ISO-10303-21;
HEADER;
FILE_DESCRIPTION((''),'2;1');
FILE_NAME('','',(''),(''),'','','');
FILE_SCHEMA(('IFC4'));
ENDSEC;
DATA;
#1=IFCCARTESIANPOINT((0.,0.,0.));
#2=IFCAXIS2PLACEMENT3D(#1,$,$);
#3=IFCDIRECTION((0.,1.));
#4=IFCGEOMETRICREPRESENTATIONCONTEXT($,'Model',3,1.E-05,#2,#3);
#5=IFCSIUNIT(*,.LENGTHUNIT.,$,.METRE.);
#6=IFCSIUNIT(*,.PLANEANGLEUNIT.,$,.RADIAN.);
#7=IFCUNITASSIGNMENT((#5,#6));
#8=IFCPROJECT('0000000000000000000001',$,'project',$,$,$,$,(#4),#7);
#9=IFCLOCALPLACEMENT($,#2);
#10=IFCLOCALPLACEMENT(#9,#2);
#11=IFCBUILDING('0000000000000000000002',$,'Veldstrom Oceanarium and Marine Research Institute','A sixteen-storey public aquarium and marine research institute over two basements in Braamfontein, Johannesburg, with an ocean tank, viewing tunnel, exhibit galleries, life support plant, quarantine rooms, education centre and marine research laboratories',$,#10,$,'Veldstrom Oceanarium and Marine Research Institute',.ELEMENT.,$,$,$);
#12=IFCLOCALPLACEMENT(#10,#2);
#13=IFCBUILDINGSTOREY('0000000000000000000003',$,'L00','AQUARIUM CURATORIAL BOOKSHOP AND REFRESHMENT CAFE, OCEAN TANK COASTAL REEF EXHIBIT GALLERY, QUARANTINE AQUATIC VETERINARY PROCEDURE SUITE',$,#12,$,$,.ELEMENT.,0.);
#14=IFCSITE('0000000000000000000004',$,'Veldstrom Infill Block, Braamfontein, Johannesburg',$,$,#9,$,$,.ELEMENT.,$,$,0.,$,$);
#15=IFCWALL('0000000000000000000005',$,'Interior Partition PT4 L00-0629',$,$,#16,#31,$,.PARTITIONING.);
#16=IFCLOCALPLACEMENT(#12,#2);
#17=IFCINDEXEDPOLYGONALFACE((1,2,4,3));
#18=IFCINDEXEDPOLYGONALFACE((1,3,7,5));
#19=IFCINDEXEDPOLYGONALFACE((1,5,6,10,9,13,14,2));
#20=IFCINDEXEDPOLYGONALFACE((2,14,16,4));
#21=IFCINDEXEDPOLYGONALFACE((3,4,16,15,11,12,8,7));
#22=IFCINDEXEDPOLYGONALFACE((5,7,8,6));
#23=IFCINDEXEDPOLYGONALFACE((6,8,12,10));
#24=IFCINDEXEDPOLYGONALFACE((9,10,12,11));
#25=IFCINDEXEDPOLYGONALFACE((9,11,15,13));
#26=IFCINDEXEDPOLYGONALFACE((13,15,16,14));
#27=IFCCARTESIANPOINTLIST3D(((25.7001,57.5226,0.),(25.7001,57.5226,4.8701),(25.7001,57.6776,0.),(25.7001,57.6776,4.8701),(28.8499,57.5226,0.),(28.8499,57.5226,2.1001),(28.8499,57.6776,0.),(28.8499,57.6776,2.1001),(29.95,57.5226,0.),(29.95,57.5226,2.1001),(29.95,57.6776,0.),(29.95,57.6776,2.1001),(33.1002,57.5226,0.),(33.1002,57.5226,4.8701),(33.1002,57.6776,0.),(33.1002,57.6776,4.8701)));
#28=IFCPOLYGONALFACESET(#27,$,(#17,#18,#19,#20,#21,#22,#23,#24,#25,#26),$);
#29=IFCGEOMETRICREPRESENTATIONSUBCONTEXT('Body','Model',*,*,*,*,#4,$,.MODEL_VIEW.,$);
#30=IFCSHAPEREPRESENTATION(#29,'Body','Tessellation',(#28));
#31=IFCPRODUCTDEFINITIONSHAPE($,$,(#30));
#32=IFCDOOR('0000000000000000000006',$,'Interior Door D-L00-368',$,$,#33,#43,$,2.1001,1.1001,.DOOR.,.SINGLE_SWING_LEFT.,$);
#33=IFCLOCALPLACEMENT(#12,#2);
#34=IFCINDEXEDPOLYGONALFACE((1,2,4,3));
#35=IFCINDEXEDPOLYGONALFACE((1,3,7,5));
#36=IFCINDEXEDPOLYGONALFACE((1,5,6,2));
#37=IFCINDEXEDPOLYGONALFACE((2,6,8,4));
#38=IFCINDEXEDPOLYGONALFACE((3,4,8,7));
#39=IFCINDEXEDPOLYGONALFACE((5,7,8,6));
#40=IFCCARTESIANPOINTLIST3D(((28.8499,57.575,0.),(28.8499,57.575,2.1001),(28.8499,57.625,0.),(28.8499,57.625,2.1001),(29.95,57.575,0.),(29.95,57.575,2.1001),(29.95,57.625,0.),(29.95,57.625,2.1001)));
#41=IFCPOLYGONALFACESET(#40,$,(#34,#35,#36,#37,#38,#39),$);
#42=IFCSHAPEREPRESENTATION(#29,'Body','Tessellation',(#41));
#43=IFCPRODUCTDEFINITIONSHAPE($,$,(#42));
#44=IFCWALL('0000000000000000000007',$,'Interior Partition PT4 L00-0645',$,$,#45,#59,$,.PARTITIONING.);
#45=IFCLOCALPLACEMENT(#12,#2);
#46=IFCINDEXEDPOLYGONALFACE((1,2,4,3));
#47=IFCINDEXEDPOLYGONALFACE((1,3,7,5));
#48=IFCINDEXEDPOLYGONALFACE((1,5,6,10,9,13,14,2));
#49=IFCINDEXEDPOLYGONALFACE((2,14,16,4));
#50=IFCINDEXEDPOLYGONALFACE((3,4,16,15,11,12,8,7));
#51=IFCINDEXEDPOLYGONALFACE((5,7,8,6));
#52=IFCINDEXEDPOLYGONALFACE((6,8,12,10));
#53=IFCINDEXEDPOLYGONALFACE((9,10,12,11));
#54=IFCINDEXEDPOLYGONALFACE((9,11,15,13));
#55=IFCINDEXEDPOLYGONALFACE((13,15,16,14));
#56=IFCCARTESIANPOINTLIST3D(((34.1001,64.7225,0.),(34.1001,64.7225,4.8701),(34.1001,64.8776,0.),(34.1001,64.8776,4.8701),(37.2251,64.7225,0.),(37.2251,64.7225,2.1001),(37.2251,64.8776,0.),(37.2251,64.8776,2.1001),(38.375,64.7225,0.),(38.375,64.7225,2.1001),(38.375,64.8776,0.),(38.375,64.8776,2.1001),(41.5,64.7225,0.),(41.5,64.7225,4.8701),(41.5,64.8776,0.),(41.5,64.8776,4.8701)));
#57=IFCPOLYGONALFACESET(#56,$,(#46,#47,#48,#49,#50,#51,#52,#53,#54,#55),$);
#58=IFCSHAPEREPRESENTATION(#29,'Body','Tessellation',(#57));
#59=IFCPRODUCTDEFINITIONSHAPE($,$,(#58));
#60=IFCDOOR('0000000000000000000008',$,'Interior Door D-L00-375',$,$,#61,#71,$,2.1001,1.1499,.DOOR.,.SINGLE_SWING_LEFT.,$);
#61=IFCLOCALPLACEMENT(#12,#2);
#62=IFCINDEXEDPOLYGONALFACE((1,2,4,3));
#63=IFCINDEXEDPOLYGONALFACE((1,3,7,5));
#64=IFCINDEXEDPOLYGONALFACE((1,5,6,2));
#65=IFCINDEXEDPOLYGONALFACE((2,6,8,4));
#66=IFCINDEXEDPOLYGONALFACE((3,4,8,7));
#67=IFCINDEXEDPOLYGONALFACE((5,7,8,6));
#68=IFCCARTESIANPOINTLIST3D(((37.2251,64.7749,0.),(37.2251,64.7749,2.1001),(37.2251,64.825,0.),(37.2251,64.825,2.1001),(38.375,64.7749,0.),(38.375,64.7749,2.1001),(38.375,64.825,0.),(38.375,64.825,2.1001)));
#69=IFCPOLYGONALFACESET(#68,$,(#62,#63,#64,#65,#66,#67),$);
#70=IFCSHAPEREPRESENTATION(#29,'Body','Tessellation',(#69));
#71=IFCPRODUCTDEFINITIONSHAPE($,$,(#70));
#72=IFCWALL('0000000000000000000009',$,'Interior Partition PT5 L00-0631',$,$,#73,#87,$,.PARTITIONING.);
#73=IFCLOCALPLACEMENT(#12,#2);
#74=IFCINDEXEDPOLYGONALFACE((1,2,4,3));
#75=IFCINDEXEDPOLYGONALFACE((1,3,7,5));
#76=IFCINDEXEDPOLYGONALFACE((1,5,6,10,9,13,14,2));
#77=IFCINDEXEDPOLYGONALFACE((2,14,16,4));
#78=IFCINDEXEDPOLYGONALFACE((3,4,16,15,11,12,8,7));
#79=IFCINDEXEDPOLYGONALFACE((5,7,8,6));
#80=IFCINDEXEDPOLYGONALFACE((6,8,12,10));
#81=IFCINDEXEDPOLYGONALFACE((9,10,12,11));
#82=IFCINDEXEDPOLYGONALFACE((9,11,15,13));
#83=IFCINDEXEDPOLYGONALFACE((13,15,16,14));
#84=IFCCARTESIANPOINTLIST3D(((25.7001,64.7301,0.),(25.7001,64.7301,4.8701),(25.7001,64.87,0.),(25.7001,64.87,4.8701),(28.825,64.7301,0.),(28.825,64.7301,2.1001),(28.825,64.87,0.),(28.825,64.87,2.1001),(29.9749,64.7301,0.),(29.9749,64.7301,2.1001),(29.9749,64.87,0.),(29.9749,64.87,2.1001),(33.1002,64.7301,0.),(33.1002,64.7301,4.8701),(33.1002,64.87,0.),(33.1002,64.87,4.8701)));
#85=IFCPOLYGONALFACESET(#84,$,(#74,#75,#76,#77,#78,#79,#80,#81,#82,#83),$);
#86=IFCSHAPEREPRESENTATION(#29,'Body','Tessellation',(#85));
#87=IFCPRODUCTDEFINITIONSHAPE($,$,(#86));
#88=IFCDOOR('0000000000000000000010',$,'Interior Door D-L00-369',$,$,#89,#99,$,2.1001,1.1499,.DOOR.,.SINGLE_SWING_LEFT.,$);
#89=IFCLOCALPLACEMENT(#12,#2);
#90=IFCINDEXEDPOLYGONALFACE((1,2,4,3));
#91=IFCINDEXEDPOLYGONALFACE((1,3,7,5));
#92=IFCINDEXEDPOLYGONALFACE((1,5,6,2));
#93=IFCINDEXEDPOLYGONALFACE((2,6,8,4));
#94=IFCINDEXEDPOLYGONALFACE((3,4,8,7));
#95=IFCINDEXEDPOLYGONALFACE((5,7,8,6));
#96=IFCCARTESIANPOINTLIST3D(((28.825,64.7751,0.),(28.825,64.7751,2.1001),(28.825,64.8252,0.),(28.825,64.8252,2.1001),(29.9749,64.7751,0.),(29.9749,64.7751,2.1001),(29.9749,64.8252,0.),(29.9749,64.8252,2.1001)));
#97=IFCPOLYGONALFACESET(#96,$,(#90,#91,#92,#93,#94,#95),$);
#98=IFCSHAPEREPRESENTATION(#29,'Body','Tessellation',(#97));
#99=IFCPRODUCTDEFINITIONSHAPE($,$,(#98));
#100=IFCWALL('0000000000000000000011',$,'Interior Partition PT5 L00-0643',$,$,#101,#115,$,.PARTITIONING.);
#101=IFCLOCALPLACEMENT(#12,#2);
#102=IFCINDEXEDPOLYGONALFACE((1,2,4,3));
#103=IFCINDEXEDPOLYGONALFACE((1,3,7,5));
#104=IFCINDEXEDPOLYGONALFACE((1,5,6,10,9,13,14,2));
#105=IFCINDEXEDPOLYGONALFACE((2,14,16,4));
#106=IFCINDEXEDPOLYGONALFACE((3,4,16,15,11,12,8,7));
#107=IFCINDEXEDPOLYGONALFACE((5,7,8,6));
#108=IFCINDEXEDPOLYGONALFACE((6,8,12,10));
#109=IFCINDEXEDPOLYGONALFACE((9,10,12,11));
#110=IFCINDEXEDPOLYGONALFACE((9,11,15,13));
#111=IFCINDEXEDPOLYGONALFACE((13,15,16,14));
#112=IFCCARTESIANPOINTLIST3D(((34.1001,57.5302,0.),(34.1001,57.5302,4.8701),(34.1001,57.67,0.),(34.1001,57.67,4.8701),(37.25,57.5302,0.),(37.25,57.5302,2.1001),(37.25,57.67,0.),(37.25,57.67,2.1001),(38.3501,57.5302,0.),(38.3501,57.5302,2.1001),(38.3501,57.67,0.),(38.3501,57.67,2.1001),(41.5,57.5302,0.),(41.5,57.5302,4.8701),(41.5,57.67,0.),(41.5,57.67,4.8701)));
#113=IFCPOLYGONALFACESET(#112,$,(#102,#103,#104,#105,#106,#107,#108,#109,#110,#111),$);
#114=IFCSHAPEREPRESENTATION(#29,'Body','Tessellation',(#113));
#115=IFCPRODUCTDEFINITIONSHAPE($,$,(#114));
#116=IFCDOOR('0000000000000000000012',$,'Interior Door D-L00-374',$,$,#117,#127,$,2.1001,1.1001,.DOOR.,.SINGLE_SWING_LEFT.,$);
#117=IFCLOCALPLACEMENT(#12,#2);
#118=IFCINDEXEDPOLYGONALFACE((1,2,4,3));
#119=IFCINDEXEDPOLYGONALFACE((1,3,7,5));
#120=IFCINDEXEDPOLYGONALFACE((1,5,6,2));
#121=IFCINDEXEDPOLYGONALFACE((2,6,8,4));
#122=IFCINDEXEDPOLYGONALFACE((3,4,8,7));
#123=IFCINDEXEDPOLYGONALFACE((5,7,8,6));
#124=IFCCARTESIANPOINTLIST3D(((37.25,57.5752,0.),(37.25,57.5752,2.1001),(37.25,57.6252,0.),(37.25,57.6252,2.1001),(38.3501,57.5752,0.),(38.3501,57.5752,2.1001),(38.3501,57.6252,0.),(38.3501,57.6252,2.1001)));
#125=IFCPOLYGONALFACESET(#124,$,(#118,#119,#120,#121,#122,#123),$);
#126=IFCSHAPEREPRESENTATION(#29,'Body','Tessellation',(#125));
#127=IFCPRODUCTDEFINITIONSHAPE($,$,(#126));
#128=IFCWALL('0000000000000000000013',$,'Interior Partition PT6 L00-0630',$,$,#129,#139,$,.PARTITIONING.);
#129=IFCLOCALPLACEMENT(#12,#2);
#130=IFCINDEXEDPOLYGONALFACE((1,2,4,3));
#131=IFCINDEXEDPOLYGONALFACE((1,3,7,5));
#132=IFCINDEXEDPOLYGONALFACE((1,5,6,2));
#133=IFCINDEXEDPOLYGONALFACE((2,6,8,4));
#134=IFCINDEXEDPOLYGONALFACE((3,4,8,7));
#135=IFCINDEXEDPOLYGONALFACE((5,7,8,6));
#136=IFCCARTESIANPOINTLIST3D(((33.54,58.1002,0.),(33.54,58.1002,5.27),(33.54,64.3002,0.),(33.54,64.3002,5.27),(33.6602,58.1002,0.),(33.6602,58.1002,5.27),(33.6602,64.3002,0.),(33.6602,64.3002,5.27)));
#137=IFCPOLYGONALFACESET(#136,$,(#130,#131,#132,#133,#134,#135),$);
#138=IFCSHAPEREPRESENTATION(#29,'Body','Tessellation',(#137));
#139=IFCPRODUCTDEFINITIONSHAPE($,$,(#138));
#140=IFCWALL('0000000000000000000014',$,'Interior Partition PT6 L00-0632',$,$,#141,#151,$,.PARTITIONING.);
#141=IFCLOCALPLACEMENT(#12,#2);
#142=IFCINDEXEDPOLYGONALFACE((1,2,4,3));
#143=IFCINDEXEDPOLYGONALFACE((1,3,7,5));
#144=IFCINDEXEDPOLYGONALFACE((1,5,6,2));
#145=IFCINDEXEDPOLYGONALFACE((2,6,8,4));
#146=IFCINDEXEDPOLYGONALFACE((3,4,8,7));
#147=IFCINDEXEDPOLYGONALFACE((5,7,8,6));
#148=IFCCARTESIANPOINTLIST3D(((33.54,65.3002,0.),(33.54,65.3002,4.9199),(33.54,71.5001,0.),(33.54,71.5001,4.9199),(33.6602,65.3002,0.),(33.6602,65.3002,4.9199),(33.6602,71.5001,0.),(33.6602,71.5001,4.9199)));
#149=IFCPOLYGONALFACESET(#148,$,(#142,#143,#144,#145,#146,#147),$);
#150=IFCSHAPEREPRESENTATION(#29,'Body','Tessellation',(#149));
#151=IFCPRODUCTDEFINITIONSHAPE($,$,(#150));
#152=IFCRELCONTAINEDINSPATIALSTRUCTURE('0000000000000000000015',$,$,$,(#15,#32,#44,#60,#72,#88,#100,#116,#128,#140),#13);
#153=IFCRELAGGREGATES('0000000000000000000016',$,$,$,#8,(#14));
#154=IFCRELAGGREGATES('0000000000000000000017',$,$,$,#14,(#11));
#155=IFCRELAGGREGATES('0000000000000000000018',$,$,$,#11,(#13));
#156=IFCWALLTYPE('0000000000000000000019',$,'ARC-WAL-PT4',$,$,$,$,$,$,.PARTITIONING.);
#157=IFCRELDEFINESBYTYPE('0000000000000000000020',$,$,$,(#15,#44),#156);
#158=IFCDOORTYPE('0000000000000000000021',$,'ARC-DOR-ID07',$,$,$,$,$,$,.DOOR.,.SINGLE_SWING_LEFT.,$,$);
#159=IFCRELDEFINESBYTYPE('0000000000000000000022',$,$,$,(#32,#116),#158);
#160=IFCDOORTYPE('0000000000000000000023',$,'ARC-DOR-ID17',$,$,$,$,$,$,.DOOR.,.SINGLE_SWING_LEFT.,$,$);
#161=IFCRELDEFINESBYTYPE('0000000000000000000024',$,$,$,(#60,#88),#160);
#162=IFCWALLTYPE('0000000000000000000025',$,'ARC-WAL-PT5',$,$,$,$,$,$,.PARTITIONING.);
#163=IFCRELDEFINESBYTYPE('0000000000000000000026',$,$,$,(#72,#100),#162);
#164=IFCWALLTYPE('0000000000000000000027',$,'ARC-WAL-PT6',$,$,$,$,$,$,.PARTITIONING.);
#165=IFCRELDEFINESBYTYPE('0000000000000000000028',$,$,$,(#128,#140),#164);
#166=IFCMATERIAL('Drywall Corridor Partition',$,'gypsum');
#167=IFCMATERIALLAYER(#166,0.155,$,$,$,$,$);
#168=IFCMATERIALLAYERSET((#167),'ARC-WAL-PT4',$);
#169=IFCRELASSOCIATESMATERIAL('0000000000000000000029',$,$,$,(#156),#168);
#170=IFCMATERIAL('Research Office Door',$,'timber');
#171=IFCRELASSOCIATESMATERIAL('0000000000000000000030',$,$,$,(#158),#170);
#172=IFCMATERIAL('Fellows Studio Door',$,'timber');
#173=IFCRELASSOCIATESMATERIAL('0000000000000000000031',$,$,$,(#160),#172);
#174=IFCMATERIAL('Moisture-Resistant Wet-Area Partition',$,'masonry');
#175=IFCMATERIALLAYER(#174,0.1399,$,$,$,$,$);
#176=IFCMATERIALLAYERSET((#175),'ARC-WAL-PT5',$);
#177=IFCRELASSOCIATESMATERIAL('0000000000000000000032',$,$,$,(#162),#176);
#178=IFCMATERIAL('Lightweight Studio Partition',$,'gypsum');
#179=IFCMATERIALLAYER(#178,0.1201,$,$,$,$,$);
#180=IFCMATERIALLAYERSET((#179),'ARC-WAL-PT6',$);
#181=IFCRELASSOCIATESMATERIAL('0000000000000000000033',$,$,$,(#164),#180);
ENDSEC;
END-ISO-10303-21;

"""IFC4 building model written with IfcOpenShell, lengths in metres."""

from ifc_helpers import new_model, si_unit, direction, frame, frame_2d, origin, place, context, subcontext, project, spatial, rectangle, extrude, material, layer, layer_set, type_object, element, fill, save


model = new_model("IFC4")

# Units and contexts
model_context = context("Model", 3, precision=1e-05, world=origin(), true_north=direction((0.0, 1.0)))
body_context = subcontext(model_context, "Body", "Model", "MODEL_VIEW")
ifc_project = project(units=[si_unit("LENGTHUNIT", "METRE"), si_unit("PLANEANGLEUNIT", "RADIAN")], contexts=[model_context])

# Site, building, storey
site_placement = place(None, origin())
site = spatial("IfcSite", under=ifc_project, at=site_placement, Name="Veldstrom Infill Block, Braamfontein, Johannesburg", CompositionType="ELEMENT", RefElevation=0.0)
building_placement = place(site_placement, origin())
building = spatial("IfcBuilding", under=site, at=building_placement, Name="Veldstrom Oceanarium and Marine Research Institute", Description="A sixteen-storey public aquarium and marine research institute over two basements in Braamfontein, Johannesburg, with an ocean tank, viewing tunnel, exhibit galleries, life support plant, quarantine rooms, education centre and marine research laboratories", LongName="Veldstrom Oceanarium and Marine Research Institute", CompositionType="ELEMENT")
storey_placement = place(building_placement, origin())
storey = spatial("IfcBuildingStorey", under=building, at=storey_placement, Name="L00", Description="AQUARIUM CURATORIAL BOOKSHOP AND REFRESHMENT CAFE, OCEAN TANK COASTAL REEF EXHIBIT GALLERY, QUARANTINE AQUATIC VETERINARY PROCEDURE SUITE", CompositionType="ELEMENT", Elevation=0.0)

# Walls, openings, doors
ifc_material_1 = material(Name="Drywall Corridor Partition", Category="gypsum")
ifc_layer_1 = layer(ifc_material_1, 0.155)
ifc_layer_set_1 = layer_set([ifc_layer_1], Name="ARC-WAL-PT4")
wall_type_1 = type_object("IfcWallType", Name="ARC-WAL-PT4", PredefinedType="PARTITIONING", material=ifc_layer_set_1)
wall_1_placement = place(storey_placement, frame((25.7, 57.6001, 0.0), z_axis=(0.0, 0.0, 1.0), x_axis=(1.0, 0.0, 0.0)))
wall_1 = element("IfcWall", 1, at=wall_1_placement, inside=storey, type_object=wall_type_1, Name="Interior Partition PT4 L00-0629", PredefinedType="PARTITIONING", context=body_context, shape_type="SweptSolid", body=[
    extrude(rectangle(XDim=7.4001, YDim=0.155, at=frame_2d((3.7002, 0.0))), origin(), (0.0, 0.0, 1.0), 4.8701),
])
opening_1_placement = place(wall_1_placement, frame((3.1499, 0.0, 0.0)))
opening_1 = element("IfcOpeningElement", 2, at=opening_1_placement, cuts=wall_1, PredefinedType="OPENING", context=body_context, shape_type="SweptSolid", body=[
    extrude(rectangle(XDim=1.1001, YDim=2.1001, at=frame_2d((0.55, 1.05))), frame((0.0, 0.0874, 0.0), z_axis=(0.0, -1.0, 0.0), x_axis=(1.0, 0.0, 0.0)), (0.0, 0.0, 1.0), 0.175),
])
ifc_material_2 = material(Name="Research Office Door", Category="timber")
door_type_1 = type_object("IfcDoorType", Name="ARC-DOR-ID07", OperationType="SINGLE_SWING_LEFT", PredefinedType="DOOR", material=ifc_material_2)
door_1_placement = place(opening_1_placement, origin())
door_1 = element("IfcDoor", 3, at=door_1_placement, inside=storey, type_object=door_type_1, Name="Interior Door D-L00-368", OperationType="SINGLE_SWING_LEFT", OverallHeight=2.1001, OverallWidth=1.1001, PredefinedType="DOOR", context=body_context, shape_type="SweptSolid", body=[
    extrude(rectangle(XDim=1.1001, YDim=2.1001, at=frame_2d((0.55, 1.05))), frame((0.0, 0.0249, 0.0), z_axis=(0.0, -1.0, 0.0), x_axis=(1.0, 0.0, 0.0)), (0.0, 0.0, 1.0), 0.05),
])
fill(opening_1, door_1)
wall_2_placement = place(storey_placement, frame((34.1001, 64.8, 0.0), z_axis=(0.0, 0.0, 1.0), x_axis=(1.0, 0.0, 0.0)))
wall_2 = element("IfcWall", 4, at=wall_2_placement, inside=storey, type_object=wall_type_1, Name="Interior Partition PT4 L00-0645", PredefinedType="PARTITIONING", context=body_context, shape_type="SweptSolid", body=[
    extrude(rectangle(XDim=7.3999, YDim=0.155, at=frame_2d((3.7, 0.0))), origin(), (0.0, 0.0, 1.0), 4.8701),
])
opening_2_placement = place(wall_2_placement, frame((3.125, 0.0, 0.0)))
opening_2 = element("IfcOpeningElement", 5, at=opening_2_placement, cuts=wall_2, PredefinedType="OPENING", context=body_context, shape_type="SweptSolid", body=[
    extrude(rectangle(XDim=1.1499, YDim=2.1001, at=frame_2d((0.575, 1.05))), frame((0.0, 0.0874, 0.0), z_axis=(0.0, -1.0, 0.0), x_axis=(1.0, 0.0, 0.0)), (0.0, 0.0, 1.0), 0.175),
])
ifc_material_3 = material(Name="Fellows Studio Door", Category="timber")
door_type_2 = type_object("IfcDoorType", Name="ARC-DOR-ID17", OperationType="SINGLE_SWING_LEFT", PredefinedType="DOOR", material=ifc_material_3)
door_2_placement = place(opening_2_placement, origin())
door_2 = element("IfcDoor", 6, at=door_2_placement, inside=storey, type_object=door_type_2, Name="Interior Door D-L00-375", OperationType="SINGLE_SWING_LEFT", OverallHeight=2.1001, OverallWidth=1.1499, PredefinedType="DOOR", context=body_context, shape_type="SweptSolid", body=[
    extrude(rectangle(XDim=1.1499, YDim=2.1001, at=frame_2d((0.575, 1.05))), frame((0.0, 0.0249, 0.0), z_axis=(0.0, -1.0, 0.0), x_axis=(1.0, 0.0, 0.0)), (0.0, 0.0, 1.0), 0.05),
])
fill(opening_2, door_2)
ifc_material_4 = material(Name="Moisture-Resistant Wet-Area Partition", Category="masonry")
ifc_layer_2 = layer(ifc_material_4, 0.1399)
ifc_layer_set_2 = layer_set([ifc_layer_2], Name="ARC-WAL-PT5")
wall_type_2 = type_object("IfcWallType", Name="ARC-WAL-PT5", PredefinedType="PARTITIONING", material=ifc_layer_set_2)
wall_3_placement = place(storey_placement, frame((25.7, 64.8, 0.0), z_axis=(0.0, 0.0, 1.0), x_axis=(1.0, 0.0, 0.0)))
wall_3 = element("IfcWall", 7, at=wall_3_placement, inside=storey, type_object=wall_type_2, Name="Interior Partition PT5 L00-0631", PredefinedType="PARTITIONING", context=body_context, shape_type="SweptSolid", body=[
    extrude(rectangle(XDim=7.4001, YDim=0.1399, at=frame_2d((3.7002, 0.0))), origin(), (0.0, 0.0, 1.0), 4.8701),
])
opening_3_placement = place(wall_3_placement, frame((3.125, 0.0, 0.0)))
opening_3 = element("IfcOpeningElement", 8, at=opening_3_placement, cuts=wall_3, PredefinedType="OPENING", context=body_context, shape_type="SweptSolid", body=[
    extrude(rectangle(XDim=1.1499, YDim=2.1001, at=frame_2d((0.575, 1.05))), frame((0.0, 0.0798, 0.0), z_axis=(0.0, -1.0, 0.0), x_axis=(1.0, 0.0, 0.0)), (0.0, 0.0, 1.0), 0.1599),
])
door_3_placement = place(opening_3_placement, frame((1.1499, 0.0, 0.0), z_axis=(0.0, 0.0, 1.0), x_axis=(-1.0, 0.0, 0.0)))
door_3 = element("IfcDoor", 9, at=door_3_placement, inside=storey, type_object=door_type_2, Name="Interior Door D-L00-369", OperationType="SINGLE_SWING_LEFT", OverallHeight=2.1001, OverallWidth=1.1499, PredefinedType="DOOR", context=body_context, shape_type="SweptSolid", body=[
    extrude(rectangle(XDim=1.1499, YDim=2.1001, at=frame_2d((0.575, 1.05))), frame((0.0, 0.0249, 0.0), z_axis=(0.0, -1.0, 0.0), x_axis=(1.0, 0.0, 0.0)), (0.0, 0.0, 1.0), 0.05),
])
fill(opening_3, door_3)
wall_4_placement = place(storey_placement, frame((34.1001, 57.6001, 0.0), z_axis=(0.0, 0.0, 1.0), x_axis=(1.0, 0.0, 0.0)))
wall_4 = element("IfcWall", 10, at=wall_4_placement, inside=storey, type_object=wall_type_2, Name="Interior Partition PT5 L00-0643", PredefinedType="PARTITIONING", context=body_context, shape_type="SweptSolid", body=[
    extrude(rectangle(XDim=7.3999, YDim=0.1399, at=frame_2d((3.7, 0.0))), origin(), (0.0, 0.0, 1.0), 4.8701),
])
opening_4_placement = place(wall_4_placement, frame((3.1499, 0.0, 0.0)))
opening_4 = element("IfcOpeningElement", 11, at=opening_4_placement, cuts=wall_4, PredefinedType="OPENING", context=body_context, shape_type="SweptSolid", body=[
    extrude(rectangle(XDim=1.1001, YDim=2.1001, at=frame_2d((0.55, 1.05))), frame((0.0, 0.0798, 0.0), z_axis=(0.0, -1.0, 0.0), x_axis=(1.0, 0.0, 0.0)), (0.0, 0.0, 1.0), 0.1599),
])
door_4_placement = place(opening_4_placement, frame((1.1001, 0.0, 0.0), z_axis=(0.0, 0.0, 1.0), x_axis=(-1.0, 0.0, 0.0)))
door_4 = element("IfcDoor", 12, at=door_4_placement, inside=storey, type_object=door_type_1, Name="Interior Door D-L00-374", OperationType="SINGLE_SWING_LEFT", OverallHeight=2.1001, OverallWidth=1.1001, PredefinedType="DOOR", context=body_context, shape_type="SweptSolid", body=[
    extrude(rectangle(XDim=1.1001, YDim=2.1001, at=frame_2d((0.55, 1.05))), frame((0.0, 0.0249, 0.0), z_axis=(0.0, -1.0, 0.0), x_axis=(1.0, 0.0, 0.0)), (0.0, 0.0, 1.0), 0.05),
])
fill(opening_4, door_4)

# Walls
ifc_material_5 = material(Name="Lightweight Studio Partition", Category="gypsum")
ifc_layer_3 = layer(ifc_material_5, 0.1201)
ifc_layer_set_3 = layer_set([ifc_layer_3], Name="ARC-WAL-PT6")
wall_type_3 = type_object("IfcWallType", Name="ARC-WAL-PT6", PredefinedType="PARTITIONING", material=ifc_layer_set_3)
wall_5_placement = place(storey_placement, frame((33.6001, 58.1001, 0.0), z_axis=(0.0, 0.0, 1.0), x_axis=(0.0, 1.0, 0.0)))
element("IfcWall", 13, at=wall_5_placement, inside=storey, type_object=wall_type_3, Name="Interior Partition PT6 L00-0630", PredefinedType="PARTITIONING", context=body_context, shape_type="SweptSolid", body=[
    extrude(rectangle(XDim=6.2, YDim=0.1201, at=frame_2d((3.1001, 0.0))), origin(), (0.0, 0.0, 1.0), 5.27),
])
wall_6_placement = place(storey_placement, frame((33.6001, 65.3, 0.0), z_axis=(0.0, 0.0, 1.0), x_axis=(0.0, 1.0, 0.0)))
element("IfcWall", 14, at=wall_6_placement, inside=storey, type_object=wall_type_3, Name="Interior Partition PT6 L00-0632", PredefinedType="PARTITIONING", context=body_context, shape_type="SweptSolid", body=[
    extrude(rectangle(XDim=6.2, YDim=0.1201, at=frame_2d((3.1001, 0.0))), origin(), (0.0, 0.0, 1.0), 4.9199),
])

save(model, "model.ifc")
